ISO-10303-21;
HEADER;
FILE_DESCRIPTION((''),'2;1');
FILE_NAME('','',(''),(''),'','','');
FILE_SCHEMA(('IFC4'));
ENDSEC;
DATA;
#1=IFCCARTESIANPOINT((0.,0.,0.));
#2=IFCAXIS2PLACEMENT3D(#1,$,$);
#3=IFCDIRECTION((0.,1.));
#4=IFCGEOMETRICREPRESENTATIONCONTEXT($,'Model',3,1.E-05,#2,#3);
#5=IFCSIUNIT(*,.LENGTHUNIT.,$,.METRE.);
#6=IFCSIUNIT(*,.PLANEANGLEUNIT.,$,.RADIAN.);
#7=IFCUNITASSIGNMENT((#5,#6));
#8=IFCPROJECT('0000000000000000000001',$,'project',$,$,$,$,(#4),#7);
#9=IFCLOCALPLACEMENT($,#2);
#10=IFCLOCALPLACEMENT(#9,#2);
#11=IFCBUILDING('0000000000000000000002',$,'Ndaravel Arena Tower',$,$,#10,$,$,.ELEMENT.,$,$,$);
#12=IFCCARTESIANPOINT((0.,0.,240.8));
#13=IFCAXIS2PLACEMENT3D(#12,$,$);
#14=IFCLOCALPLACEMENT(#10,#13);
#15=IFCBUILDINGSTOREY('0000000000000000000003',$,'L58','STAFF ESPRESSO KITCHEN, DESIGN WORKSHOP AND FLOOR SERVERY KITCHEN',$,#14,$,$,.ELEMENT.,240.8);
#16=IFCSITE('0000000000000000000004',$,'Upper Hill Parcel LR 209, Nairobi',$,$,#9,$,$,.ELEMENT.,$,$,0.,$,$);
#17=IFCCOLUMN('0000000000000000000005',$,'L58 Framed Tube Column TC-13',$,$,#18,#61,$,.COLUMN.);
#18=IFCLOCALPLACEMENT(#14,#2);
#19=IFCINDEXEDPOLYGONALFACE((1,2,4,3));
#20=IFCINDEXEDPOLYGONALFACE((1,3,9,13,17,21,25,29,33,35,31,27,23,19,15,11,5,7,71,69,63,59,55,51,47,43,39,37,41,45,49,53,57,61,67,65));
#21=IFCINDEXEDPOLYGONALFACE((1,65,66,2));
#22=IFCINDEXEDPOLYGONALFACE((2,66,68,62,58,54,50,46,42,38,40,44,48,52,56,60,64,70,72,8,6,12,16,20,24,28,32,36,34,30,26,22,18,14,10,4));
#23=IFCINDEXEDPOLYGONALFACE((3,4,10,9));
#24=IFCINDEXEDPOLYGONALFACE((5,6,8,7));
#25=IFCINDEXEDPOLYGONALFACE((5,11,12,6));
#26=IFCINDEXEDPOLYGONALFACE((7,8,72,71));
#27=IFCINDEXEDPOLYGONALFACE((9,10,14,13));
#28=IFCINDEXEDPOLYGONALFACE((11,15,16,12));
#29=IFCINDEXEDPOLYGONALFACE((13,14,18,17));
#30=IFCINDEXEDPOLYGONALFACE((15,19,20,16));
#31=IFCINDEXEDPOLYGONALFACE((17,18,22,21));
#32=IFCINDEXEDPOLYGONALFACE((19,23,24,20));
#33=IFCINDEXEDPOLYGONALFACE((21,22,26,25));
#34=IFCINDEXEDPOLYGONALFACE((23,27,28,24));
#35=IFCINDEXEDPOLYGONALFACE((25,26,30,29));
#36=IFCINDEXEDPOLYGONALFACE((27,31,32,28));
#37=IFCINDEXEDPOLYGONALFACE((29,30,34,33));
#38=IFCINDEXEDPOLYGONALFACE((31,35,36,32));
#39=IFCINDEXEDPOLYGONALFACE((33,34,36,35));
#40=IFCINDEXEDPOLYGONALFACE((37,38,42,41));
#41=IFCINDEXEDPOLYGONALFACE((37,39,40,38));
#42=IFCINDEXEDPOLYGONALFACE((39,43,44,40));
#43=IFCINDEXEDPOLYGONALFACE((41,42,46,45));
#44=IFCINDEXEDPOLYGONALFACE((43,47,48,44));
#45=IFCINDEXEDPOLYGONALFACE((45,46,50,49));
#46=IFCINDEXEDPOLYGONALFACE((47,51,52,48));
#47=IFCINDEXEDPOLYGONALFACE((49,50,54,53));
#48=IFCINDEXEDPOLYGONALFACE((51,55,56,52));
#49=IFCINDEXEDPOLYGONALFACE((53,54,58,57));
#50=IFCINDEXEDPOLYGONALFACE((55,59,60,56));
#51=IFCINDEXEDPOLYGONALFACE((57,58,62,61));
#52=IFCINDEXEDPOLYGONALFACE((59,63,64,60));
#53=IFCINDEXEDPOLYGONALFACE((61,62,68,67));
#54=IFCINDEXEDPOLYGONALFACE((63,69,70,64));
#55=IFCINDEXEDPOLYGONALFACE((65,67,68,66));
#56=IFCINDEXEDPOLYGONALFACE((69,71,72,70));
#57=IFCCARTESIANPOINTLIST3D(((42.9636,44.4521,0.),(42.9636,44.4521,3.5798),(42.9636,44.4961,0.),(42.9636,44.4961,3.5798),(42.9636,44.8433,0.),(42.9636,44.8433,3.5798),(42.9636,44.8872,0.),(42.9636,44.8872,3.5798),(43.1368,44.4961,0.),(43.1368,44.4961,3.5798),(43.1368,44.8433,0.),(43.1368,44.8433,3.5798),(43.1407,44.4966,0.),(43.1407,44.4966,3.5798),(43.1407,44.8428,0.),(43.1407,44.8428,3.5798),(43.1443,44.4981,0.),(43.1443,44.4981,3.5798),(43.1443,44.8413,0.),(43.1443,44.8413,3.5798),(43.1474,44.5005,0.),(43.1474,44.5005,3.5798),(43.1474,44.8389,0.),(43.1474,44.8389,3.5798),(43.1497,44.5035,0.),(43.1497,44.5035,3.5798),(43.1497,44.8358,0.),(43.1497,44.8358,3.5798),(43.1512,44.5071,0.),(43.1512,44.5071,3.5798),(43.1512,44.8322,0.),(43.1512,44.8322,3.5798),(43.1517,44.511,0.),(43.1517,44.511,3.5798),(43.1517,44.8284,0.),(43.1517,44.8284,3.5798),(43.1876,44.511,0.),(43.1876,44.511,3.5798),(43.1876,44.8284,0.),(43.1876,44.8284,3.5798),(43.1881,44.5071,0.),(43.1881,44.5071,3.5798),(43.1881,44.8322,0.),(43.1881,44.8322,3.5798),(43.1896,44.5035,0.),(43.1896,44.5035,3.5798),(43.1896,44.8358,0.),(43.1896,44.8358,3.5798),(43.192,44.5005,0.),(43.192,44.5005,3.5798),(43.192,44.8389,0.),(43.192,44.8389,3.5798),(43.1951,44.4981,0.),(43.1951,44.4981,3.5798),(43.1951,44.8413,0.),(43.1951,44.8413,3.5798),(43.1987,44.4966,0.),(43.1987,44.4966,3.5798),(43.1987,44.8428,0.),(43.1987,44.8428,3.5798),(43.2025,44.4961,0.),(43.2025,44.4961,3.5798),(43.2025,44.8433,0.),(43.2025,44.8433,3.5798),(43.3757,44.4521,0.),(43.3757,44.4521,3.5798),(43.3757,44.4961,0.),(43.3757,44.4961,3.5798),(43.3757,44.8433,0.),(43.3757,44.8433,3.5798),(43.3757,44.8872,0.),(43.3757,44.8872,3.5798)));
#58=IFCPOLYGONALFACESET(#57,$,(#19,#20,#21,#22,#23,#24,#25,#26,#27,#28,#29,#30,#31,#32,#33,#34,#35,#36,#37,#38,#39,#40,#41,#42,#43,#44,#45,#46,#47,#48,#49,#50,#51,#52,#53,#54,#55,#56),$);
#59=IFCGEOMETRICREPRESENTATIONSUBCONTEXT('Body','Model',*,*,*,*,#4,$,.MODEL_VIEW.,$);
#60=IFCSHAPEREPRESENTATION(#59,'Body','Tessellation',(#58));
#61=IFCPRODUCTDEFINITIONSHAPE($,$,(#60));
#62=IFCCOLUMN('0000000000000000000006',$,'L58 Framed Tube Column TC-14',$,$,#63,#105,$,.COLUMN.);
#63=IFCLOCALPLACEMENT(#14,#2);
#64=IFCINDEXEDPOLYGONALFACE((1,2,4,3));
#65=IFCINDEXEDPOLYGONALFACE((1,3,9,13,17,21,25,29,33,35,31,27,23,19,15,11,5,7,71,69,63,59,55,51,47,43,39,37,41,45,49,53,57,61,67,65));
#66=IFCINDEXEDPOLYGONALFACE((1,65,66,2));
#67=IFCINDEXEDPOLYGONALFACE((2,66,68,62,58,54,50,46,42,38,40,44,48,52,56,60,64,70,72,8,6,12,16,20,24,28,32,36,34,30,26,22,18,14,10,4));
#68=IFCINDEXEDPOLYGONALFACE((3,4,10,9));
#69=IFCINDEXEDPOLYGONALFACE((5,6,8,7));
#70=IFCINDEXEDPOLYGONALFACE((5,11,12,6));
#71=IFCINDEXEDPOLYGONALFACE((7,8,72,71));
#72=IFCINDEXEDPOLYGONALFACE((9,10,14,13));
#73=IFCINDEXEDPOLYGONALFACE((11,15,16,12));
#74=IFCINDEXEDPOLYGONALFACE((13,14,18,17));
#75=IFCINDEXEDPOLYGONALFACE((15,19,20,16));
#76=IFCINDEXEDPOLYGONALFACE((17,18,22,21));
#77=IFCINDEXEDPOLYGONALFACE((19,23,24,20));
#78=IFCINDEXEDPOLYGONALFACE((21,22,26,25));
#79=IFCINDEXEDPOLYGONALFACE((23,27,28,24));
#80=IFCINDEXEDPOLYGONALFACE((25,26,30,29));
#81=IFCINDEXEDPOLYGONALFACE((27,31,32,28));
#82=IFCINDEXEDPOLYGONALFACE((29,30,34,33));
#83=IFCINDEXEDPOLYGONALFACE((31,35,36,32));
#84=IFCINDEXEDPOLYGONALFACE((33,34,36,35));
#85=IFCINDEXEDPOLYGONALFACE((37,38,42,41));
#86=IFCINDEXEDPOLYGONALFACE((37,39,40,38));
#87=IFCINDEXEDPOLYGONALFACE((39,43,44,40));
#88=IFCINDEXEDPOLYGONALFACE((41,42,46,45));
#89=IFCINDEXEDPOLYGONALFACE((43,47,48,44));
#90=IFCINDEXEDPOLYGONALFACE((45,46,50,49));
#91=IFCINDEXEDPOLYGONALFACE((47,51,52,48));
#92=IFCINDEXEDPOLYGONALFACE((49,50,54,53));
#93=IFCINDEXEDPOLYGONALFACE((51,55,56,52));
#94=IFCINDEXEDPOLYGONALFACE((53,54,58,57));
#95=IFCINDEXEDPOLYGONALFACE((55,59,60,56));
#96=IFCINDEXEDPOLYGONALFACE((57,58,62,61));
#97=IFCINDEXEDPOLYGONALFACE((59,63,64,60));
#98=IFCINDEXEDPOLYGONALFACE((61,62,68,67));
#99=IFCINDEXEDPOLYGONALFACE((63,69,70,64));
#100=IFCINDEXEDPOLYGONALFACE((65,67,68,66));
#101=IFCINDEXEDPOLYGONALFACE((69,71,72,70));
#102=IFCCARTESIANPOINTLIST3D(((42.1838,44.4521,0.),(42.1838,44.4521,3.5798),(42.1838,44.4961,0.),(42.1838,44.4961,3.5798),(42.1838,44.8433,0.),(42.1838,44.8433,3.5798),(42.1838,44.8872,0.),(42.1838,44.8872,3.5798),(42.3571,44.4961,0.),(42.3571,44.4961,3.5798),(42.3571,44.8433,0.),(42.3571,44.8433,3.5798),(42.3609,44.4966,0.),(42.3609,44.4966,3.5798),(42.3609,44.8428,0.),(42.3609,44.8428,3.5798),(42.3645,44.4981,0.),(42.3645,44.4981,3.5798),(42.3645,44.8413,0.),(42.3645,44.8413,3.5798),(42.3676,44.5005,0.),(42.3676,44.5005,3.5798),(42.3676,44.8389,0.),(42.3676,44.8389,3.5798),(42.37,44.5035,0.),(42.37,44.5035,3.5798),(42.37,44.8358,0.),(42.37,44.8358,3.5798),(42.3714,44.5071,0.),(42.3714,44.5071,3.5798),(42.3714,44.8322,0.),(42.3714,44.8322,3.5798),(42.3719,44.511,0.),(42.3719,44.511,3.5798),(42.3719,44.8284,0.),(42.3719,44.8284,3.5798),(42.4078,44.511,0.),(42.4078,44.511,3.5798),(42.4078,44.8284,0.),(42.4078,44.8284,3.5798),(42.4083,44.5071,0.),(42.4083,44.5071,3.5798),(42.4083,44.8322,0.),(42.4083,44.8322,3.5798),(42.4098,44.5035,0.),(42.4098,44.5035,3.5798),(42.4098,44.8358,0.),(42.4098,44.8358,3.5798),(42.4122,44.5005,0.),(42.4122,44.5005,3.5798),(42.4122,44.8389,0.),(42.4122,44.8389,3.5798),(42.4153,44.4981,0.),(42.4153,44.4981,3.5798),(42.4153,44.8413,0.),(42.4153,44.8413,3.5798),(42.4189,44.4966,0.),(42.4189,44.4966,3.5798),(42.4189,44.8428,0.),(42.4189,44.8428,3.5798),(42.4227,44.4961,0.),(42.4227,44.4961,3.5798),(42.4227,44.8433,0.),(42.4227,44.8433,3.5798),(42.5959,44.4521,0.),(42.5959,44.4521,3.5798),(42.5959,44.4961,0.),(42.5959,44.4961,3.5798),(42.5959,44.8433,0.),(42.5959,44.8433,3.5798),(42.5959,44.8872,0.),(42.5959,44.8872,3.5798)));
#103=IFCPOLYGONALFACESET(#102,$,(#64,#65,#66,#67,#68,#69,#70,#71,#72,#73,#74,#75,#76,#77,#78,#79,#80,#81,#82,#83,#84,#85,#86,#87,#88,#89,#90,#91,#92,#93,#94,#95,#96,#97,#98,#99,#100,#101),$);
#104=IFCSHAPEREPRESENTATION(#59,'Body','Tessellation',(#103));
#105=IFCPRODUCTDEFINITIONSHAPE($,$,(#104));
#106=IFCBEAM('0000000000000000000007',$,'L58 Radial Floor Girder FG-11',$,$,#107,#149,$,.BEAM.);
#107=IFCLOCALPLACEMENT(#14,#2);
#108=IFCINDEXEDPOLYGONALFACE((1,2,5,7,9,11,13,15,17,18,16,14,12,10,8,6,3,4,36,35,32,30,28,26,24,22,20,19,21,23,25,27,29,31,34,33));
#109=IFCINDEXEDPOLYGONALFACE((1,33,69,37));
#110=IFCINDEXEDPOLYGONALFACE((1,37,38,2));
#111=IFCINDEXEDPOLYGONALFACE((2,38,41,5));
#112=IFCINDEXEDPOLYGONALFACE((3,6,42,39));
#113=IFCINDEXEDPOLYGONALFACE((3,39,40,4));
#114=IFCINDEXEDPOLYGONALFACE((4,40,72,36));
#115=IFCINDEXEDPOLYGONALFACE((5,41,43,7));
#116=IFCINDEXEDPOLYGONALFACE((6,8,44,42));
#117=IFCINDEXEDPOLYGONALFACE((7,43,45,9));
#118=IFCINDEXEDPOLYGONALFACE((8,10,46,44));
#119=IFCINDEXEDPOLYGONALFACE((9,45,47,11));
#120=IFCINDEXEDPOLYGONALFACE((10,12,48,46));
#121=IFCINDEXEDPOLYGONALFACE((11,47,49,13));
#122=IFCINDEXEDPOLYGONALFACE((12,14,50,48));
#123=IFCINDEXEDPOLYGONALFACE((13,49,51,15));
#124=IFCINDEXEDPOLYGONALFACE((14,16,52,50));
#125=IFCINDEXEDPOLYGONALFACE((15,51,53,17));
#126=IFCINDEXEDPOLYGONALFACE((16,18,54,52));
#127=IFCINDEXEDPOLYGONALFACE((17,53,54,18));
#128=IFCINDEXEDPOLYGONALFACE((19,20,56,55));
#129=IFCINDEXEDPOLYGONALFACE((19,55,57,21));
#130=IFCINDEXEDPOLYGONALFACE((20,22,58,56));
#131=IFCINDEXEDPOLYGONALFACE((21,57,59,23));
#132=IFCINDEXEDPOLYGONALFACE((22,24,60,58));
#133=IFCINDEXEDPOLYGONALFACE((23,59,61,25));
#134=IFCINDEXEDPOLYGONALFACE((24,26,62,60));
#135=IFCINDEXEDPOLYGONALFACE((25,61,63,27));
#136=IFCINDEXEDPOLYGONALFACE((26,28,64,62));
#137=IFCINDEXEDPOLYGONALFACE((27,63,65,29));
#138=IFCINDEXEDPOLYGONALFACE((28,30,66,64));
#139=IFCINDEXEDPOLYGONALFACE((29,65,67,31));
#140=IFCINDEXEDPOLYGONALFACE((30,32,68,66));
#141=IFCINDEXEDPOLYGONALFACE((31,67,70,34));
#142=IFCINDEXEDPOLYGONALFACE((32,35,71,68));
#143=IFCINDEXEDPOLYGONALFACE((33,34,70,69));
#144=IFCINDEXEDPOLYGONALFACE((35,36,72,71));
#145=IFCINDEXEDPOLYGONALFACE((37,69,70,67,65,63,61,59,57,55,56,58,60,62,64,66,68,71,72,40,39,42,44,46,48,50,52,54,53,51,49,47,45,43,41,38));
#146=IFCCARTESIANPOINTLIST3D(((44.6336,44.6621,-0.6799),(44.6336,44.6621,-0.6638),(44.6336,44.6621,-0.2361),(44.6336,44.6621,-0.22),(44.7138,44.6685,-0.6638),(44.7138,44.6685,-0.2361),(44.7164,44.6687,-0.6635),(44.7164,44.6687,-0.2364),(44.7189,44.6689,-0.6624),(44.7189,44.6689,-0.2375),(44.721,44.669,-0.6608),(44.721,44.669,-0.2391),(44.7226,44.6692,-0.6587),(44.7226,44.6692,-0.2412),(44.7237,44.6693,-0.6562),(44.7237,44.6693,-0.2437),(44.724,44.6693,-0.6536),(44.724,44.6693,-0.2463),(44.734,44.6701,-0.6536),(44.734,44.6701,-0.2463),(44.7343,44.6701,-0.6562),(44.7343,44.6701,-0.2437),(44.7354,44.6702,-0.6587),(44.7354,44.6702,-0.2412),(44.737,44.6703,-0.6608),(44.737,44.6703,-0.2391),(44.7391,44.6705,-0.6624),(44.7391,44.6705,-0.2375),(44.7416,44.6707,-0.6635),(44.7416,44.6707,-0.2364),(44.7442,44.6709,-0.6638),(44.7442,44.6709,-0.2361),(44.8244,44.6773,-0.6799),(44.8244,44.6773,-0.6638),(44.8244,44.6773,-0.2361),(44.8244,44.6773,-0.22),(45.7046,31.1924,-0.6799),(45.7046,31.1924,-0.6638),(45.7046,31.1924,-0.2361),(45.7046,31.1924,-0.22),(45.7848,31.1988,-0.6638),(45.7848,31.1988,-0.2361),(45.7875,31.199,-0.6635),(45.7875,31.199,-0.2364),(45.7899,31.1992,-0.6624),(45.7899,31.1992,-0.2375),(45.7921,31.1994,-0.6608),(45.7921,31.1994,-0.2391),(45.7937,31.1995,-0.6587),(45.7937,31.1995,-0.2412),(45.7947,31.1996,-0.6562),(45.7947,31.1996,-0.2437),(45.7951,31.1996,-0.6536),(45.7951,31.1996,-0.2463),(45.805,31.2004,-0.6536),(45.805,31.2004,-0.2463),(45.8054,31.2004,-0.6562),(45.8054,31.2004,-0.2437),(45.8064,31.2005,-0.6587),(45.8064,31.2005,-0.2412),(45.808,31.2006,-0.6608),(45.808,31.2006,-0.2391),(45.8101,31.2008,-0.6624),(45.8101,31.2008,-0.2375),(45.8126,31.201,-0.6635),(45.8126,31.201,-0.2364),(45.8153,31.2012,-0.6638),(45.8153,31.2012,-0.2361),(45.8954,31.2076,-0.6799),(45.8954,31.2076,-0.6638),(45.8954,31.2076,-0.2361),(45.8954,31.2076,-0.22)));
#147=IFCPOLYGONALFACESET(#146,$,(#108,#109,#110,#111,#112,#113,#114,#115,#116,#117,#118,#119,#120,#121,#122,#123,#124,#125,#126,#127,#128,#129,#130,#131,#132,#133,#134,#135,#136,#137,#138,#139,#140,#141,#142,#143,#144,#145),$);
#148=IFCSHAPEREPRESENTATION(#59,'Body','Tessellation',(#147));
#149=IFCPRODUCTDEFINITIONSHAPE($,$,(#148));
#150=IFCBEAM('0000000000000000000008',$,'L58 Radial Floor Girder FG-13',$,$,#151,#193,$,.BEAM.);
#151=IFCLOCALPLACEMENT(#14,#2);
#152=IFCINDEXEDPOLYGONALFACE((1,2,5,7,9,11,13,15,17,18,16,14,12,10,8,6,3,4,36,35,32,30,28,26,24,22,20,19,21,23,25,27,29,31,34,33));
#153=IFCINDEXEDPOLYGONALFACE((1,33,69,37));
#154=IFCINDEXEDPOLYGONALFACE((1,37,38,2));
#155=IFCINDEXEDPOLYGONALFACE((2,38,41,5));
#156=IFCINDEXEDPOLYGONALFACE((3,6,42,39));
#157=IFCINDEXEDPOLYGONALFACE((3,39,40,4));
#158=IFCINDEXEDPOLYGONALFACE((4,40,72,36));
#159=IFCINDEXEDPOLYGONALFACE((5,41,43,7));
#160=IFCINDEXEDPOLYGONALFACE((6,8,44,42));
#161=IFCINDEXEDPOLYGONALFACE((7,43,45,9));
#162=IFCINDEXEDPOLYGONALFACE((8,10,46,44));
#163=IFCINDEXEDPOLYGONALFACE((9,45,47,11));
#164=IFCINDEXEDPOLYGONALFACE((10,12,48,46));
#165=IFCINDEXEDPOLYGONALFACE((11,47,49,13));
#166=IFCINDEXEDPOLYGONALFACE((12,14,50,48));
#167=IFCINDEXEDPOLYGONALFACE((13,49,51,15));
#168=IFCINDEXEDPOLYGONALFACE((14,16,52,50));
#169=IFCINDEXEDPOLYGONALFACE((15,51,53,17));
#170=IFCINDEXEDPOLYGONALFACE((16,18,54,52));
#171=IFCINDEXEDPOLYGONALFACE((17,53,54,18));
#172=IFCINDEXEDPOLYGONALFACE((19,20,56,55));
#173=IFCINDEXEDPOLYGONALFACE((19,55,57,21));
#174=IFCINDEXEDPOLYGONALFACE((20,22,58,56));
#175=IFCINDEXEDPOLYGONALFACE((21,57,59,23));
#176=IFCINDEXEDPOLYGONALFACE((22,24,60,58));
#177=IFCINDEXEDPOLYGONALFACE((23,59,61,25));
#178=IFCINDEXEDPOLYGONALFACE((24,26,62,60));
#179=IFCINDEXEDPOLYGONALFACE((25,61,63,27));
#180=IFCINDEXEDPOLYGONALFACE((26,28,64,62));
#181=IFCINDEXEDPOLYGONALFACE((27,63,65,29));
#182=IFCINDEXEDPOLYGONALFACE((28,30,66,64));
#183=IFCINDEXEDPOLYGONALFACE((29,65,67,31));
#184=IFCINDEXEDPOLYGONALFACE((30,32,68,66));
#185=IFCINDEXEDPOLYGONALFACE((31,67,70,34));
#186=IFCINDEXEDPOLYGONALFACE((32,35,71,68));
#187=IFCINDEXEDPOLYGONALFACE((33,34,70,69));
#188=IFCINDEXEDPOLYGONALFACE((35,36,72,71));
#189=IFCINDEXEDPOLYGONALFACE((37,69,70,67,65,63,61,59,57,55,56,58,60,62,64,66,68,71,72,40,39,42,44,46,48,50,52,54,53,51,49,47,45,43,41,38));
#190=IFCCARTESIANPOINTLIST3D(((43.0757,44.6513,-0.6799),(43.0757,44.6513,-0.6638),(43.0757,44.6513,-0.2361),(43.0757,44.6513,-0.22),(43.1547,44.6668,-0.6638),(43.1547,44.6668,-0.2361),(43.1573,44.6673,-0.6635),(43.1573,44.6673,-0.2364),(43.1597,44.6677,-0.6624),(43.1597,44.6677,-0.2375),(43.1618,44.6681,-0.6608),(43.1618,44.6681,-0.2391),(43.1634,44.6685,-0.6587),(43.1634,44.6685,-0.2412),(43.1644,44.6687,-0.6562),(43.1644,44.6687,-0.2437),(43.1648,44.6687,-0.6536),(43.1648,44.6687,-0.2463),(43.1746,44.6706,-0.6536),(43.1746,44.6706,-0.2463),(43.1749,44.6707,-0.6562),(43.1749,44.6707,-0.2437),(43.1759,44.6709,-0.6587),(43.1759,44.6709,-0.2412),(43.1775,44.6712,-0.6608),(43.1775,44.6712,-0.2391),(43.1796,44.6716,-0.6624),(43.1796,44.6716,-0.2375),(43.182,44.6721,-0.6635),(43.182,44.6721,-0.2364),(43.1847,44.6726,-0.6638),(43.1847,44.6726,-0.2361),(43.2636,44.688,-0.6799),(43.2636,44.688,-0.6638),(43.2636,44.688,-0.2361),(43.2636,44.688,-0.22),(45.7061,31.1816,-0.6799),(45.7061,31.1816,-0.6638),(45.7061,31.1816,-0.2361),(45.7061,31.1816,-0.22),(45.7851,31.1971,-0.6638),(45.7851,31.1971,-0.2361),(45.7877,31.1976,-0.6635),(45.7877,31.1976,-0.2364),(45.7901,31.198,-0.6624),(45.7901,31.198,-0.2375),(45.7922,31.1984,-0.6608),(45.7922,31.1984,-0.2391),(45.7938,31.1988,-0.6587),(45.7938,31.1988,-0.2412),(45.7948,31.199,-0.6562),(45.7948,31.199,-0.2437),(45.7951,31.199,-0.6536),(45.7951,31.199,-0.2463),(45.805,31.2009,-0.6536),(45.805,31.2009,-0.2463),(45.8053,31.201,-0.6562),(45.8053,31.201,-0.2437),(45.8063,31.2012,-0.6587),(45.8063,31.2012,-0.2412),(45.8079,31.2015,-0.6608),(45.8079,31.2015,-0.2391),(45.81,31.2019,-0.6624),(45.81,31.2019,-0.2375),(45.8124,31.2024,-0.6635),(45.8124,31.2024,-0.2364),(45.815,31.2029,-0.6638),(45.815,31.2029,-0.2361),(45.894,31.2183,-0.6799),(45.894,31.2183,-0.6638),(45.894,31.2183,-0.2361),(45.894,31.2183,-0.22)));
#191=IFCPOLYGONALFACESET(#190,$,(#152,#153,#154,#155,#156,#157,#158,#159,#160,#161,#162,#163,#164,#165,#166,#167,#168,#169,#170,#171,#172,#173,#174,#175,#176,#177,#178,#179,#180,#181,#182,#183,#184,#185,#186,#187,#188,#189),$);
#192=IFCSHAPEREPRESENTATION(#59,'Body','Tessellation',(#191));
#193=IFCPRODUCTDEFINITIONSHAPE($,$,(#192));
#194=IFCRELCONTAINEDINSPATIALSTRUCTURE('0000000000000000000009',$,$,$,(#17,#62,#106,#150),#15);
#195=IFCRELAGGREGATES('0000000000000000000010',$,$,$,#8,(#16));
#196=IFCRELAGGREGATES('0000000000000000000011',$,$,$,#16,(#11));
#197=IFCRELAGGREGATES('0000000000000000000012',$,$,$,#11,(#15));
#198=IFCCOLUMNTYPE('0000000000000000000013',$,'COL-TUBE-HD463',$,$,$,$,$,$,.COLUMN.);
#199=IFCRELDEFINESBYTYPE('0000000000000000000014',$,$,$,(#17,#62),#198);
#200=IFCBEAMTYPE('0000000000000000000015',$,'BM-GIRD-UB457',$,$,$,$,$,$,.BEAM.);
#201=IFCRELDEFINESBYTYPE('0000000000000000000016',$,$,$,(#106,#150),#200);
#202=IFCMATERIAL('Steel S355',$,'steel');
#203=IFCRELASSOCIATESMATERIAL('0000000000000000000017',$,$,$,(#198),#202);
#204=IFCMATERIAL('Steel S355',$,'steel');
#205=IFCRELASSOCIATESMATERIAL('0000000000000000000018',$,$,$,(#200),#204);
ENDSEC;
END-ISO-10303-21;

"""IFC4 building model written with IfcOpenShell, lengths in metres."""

from ifc_helpers import new_model, si_unit, direction, frame, origin, origin_2d, place, context, subcontext, project, spatial, i_section, extrude, material, material_profile, profile_set, type_object, element, save


model = new_model("IFC4")

# Units and contexts
model_context = context("Model", 3, precision=1e-05, world=origin(), true_north=direction((0.0, 1.0)))
body_context = subcontext(model_context, "Body", "Model", "MODEL_VIEW")
ifc_project = project(units=[si_unit("LENGTHUNIT", "METRE"), si_unit("PLANEANGLEUNIT", "RADIAN")], contexts=[model_context])

# Site, building, storey
site_placement = place(None, origin())
site = spatial("IfcSite", under=ifc_project, at=site_placement, Name="Upper Hill Parcel LR 209, Nairobi", CompositionType="ELEMENT", RefElevation=0.0)
building_placement = place(site_placement, origin())
building = spatial("IfcBuilding", under=site, at=building_placement, Name="Ndaravel Arena Tower", CompositionType="ELEMENT")
storey_placement = place(building_placement, frame((0.0, 0.0, 240.8)))
storey = spatial("IfcBuildingStorey", under=building, at=storey_placement, Name="L58", Description="STAFF ESPRESSO KITCHEN, DESIGN WORKSHOP AND FLOOR SERVERY KITCHEN", CompositionType="ELEMENT", Elevation=240.8)

# Columns
ifc_material_1 = material(Name="Steel S355", Category="steel")
ifc_material_profile_1 = material_profile(ifc_material_1, i_section(OverallWidth=0.4121, OverallDepth=0.4351, WebThickness=0.0359, FlangeThickness=0.0439, FilletRadius=0.0149, at=origin_2d()), Name="HD 400x463")
ifc_profile_set_1 = profile_set([ifc_material_profile_1], Name="Steel S355")
column_type_1 = type_object("IfcColumnType", Name="COL-TUBE-HD463", PredefinedType="COLUMN", material=ifc_profile_set_1)
for number, where, z_axis, x_axis, name in (
    (1, (43.1697, 44.6697, 0.0), (0.0, 0.0, 1.0), (1.0, 0.0, 0.0), "L58 Framed Tube Column TC-13"),
    (2, (42.3899, 44.6697, 0.0), (0.0, 0.0, 1.0), (1.0, 0.0, 0.0), "L58 Framed Tube Column TC-14"),
):
    element("IfcColumn", number, at=place(storey_placement, frame(where, z_axis=z_axis, x_axis=x_axis)), inside=storey, type_object=column_type_1, Name=name, PredefinedType="COLUMN", context=body_context, shape_type="SweptSolid", body=[
        extrude(i_section(OverallWidth=0.4121, OverallDepth=0.4351, WebThickness=0.0359, FlangeThickness=0.0439, FilletRadius=0.0149, at=origin_2d()), origin(), (0.0, 0.0, 1.0), 3.5798),
    ])

# Beams
ifc_material_2 = material(Name="Steel S355", Category="steel")
ifc_material_profile_2 = material_profile(ifc_material_2, i_section(OverallWidth=0.1914, OverallDepth=0.46, WebThickness=0.01, FlangeThickness=0.0161, FilletRadius=0.0103, at=origin_2d()), Name="UB 457x191x82")
ifc_profile_set_2 = profile_set([ifc_material_profile_2], Name="Steel S355")
beam_type_1 = type_object("IfcBeamType", Name="BM-GIRD-UB457", PredefinedType="BEAM", material=ifc_profile_set_2)
beam_1_placement = place(storey_placement, frame((44.729, 44.6697, -0.45), z_axis=(0.079265, -0.996854, 0.0), x_axis=(0.996854, 0.079265, 0.0)))
element("IfcBeam", 3, at=beam_1_placement, inside=storey, type_object=beam_type_1, Name="L58 Radial Floor Girder FG-11", PredefinedType="BEAM", context=body_context, shape_type="SweptSolid", body=[
    extrude(i_section(OverallWidth=0.1914, OverallDepth=0.46, WebThickness=0.01, FlangeThickness=0.0161, FilletRadius=0.0103, at=origin_2d()), origin(), (0.0, 0.0, 1.0), 13.5122),
])
beam_2_placement = place(storey_placement, frame((43.1697, 44.6697, -0.45), z_axis=(0.19166, -0.981461, 0.0), x_axis=(0.981461, 0.19166, 0.0)))
element("IfcBeam", 4, at=beam_2_placement, inside=storey, type_object=beam_type_1, Name="L58 Radial Floor Girder FG-13", PredefinedType="BEAM", context=body_context, shape_type="SweptSolid", body=[
    extrude(i_section(OverallWidth=0.1914, OverallDepth=0.46, WebThickness=0.01, FlangeThickness=0.0161, FilletRadius=0.0103, at=origin_2d()), origin(), (0.0, 0.0, 1.0), 13.7241),
])

save(model, "model.ifc")
